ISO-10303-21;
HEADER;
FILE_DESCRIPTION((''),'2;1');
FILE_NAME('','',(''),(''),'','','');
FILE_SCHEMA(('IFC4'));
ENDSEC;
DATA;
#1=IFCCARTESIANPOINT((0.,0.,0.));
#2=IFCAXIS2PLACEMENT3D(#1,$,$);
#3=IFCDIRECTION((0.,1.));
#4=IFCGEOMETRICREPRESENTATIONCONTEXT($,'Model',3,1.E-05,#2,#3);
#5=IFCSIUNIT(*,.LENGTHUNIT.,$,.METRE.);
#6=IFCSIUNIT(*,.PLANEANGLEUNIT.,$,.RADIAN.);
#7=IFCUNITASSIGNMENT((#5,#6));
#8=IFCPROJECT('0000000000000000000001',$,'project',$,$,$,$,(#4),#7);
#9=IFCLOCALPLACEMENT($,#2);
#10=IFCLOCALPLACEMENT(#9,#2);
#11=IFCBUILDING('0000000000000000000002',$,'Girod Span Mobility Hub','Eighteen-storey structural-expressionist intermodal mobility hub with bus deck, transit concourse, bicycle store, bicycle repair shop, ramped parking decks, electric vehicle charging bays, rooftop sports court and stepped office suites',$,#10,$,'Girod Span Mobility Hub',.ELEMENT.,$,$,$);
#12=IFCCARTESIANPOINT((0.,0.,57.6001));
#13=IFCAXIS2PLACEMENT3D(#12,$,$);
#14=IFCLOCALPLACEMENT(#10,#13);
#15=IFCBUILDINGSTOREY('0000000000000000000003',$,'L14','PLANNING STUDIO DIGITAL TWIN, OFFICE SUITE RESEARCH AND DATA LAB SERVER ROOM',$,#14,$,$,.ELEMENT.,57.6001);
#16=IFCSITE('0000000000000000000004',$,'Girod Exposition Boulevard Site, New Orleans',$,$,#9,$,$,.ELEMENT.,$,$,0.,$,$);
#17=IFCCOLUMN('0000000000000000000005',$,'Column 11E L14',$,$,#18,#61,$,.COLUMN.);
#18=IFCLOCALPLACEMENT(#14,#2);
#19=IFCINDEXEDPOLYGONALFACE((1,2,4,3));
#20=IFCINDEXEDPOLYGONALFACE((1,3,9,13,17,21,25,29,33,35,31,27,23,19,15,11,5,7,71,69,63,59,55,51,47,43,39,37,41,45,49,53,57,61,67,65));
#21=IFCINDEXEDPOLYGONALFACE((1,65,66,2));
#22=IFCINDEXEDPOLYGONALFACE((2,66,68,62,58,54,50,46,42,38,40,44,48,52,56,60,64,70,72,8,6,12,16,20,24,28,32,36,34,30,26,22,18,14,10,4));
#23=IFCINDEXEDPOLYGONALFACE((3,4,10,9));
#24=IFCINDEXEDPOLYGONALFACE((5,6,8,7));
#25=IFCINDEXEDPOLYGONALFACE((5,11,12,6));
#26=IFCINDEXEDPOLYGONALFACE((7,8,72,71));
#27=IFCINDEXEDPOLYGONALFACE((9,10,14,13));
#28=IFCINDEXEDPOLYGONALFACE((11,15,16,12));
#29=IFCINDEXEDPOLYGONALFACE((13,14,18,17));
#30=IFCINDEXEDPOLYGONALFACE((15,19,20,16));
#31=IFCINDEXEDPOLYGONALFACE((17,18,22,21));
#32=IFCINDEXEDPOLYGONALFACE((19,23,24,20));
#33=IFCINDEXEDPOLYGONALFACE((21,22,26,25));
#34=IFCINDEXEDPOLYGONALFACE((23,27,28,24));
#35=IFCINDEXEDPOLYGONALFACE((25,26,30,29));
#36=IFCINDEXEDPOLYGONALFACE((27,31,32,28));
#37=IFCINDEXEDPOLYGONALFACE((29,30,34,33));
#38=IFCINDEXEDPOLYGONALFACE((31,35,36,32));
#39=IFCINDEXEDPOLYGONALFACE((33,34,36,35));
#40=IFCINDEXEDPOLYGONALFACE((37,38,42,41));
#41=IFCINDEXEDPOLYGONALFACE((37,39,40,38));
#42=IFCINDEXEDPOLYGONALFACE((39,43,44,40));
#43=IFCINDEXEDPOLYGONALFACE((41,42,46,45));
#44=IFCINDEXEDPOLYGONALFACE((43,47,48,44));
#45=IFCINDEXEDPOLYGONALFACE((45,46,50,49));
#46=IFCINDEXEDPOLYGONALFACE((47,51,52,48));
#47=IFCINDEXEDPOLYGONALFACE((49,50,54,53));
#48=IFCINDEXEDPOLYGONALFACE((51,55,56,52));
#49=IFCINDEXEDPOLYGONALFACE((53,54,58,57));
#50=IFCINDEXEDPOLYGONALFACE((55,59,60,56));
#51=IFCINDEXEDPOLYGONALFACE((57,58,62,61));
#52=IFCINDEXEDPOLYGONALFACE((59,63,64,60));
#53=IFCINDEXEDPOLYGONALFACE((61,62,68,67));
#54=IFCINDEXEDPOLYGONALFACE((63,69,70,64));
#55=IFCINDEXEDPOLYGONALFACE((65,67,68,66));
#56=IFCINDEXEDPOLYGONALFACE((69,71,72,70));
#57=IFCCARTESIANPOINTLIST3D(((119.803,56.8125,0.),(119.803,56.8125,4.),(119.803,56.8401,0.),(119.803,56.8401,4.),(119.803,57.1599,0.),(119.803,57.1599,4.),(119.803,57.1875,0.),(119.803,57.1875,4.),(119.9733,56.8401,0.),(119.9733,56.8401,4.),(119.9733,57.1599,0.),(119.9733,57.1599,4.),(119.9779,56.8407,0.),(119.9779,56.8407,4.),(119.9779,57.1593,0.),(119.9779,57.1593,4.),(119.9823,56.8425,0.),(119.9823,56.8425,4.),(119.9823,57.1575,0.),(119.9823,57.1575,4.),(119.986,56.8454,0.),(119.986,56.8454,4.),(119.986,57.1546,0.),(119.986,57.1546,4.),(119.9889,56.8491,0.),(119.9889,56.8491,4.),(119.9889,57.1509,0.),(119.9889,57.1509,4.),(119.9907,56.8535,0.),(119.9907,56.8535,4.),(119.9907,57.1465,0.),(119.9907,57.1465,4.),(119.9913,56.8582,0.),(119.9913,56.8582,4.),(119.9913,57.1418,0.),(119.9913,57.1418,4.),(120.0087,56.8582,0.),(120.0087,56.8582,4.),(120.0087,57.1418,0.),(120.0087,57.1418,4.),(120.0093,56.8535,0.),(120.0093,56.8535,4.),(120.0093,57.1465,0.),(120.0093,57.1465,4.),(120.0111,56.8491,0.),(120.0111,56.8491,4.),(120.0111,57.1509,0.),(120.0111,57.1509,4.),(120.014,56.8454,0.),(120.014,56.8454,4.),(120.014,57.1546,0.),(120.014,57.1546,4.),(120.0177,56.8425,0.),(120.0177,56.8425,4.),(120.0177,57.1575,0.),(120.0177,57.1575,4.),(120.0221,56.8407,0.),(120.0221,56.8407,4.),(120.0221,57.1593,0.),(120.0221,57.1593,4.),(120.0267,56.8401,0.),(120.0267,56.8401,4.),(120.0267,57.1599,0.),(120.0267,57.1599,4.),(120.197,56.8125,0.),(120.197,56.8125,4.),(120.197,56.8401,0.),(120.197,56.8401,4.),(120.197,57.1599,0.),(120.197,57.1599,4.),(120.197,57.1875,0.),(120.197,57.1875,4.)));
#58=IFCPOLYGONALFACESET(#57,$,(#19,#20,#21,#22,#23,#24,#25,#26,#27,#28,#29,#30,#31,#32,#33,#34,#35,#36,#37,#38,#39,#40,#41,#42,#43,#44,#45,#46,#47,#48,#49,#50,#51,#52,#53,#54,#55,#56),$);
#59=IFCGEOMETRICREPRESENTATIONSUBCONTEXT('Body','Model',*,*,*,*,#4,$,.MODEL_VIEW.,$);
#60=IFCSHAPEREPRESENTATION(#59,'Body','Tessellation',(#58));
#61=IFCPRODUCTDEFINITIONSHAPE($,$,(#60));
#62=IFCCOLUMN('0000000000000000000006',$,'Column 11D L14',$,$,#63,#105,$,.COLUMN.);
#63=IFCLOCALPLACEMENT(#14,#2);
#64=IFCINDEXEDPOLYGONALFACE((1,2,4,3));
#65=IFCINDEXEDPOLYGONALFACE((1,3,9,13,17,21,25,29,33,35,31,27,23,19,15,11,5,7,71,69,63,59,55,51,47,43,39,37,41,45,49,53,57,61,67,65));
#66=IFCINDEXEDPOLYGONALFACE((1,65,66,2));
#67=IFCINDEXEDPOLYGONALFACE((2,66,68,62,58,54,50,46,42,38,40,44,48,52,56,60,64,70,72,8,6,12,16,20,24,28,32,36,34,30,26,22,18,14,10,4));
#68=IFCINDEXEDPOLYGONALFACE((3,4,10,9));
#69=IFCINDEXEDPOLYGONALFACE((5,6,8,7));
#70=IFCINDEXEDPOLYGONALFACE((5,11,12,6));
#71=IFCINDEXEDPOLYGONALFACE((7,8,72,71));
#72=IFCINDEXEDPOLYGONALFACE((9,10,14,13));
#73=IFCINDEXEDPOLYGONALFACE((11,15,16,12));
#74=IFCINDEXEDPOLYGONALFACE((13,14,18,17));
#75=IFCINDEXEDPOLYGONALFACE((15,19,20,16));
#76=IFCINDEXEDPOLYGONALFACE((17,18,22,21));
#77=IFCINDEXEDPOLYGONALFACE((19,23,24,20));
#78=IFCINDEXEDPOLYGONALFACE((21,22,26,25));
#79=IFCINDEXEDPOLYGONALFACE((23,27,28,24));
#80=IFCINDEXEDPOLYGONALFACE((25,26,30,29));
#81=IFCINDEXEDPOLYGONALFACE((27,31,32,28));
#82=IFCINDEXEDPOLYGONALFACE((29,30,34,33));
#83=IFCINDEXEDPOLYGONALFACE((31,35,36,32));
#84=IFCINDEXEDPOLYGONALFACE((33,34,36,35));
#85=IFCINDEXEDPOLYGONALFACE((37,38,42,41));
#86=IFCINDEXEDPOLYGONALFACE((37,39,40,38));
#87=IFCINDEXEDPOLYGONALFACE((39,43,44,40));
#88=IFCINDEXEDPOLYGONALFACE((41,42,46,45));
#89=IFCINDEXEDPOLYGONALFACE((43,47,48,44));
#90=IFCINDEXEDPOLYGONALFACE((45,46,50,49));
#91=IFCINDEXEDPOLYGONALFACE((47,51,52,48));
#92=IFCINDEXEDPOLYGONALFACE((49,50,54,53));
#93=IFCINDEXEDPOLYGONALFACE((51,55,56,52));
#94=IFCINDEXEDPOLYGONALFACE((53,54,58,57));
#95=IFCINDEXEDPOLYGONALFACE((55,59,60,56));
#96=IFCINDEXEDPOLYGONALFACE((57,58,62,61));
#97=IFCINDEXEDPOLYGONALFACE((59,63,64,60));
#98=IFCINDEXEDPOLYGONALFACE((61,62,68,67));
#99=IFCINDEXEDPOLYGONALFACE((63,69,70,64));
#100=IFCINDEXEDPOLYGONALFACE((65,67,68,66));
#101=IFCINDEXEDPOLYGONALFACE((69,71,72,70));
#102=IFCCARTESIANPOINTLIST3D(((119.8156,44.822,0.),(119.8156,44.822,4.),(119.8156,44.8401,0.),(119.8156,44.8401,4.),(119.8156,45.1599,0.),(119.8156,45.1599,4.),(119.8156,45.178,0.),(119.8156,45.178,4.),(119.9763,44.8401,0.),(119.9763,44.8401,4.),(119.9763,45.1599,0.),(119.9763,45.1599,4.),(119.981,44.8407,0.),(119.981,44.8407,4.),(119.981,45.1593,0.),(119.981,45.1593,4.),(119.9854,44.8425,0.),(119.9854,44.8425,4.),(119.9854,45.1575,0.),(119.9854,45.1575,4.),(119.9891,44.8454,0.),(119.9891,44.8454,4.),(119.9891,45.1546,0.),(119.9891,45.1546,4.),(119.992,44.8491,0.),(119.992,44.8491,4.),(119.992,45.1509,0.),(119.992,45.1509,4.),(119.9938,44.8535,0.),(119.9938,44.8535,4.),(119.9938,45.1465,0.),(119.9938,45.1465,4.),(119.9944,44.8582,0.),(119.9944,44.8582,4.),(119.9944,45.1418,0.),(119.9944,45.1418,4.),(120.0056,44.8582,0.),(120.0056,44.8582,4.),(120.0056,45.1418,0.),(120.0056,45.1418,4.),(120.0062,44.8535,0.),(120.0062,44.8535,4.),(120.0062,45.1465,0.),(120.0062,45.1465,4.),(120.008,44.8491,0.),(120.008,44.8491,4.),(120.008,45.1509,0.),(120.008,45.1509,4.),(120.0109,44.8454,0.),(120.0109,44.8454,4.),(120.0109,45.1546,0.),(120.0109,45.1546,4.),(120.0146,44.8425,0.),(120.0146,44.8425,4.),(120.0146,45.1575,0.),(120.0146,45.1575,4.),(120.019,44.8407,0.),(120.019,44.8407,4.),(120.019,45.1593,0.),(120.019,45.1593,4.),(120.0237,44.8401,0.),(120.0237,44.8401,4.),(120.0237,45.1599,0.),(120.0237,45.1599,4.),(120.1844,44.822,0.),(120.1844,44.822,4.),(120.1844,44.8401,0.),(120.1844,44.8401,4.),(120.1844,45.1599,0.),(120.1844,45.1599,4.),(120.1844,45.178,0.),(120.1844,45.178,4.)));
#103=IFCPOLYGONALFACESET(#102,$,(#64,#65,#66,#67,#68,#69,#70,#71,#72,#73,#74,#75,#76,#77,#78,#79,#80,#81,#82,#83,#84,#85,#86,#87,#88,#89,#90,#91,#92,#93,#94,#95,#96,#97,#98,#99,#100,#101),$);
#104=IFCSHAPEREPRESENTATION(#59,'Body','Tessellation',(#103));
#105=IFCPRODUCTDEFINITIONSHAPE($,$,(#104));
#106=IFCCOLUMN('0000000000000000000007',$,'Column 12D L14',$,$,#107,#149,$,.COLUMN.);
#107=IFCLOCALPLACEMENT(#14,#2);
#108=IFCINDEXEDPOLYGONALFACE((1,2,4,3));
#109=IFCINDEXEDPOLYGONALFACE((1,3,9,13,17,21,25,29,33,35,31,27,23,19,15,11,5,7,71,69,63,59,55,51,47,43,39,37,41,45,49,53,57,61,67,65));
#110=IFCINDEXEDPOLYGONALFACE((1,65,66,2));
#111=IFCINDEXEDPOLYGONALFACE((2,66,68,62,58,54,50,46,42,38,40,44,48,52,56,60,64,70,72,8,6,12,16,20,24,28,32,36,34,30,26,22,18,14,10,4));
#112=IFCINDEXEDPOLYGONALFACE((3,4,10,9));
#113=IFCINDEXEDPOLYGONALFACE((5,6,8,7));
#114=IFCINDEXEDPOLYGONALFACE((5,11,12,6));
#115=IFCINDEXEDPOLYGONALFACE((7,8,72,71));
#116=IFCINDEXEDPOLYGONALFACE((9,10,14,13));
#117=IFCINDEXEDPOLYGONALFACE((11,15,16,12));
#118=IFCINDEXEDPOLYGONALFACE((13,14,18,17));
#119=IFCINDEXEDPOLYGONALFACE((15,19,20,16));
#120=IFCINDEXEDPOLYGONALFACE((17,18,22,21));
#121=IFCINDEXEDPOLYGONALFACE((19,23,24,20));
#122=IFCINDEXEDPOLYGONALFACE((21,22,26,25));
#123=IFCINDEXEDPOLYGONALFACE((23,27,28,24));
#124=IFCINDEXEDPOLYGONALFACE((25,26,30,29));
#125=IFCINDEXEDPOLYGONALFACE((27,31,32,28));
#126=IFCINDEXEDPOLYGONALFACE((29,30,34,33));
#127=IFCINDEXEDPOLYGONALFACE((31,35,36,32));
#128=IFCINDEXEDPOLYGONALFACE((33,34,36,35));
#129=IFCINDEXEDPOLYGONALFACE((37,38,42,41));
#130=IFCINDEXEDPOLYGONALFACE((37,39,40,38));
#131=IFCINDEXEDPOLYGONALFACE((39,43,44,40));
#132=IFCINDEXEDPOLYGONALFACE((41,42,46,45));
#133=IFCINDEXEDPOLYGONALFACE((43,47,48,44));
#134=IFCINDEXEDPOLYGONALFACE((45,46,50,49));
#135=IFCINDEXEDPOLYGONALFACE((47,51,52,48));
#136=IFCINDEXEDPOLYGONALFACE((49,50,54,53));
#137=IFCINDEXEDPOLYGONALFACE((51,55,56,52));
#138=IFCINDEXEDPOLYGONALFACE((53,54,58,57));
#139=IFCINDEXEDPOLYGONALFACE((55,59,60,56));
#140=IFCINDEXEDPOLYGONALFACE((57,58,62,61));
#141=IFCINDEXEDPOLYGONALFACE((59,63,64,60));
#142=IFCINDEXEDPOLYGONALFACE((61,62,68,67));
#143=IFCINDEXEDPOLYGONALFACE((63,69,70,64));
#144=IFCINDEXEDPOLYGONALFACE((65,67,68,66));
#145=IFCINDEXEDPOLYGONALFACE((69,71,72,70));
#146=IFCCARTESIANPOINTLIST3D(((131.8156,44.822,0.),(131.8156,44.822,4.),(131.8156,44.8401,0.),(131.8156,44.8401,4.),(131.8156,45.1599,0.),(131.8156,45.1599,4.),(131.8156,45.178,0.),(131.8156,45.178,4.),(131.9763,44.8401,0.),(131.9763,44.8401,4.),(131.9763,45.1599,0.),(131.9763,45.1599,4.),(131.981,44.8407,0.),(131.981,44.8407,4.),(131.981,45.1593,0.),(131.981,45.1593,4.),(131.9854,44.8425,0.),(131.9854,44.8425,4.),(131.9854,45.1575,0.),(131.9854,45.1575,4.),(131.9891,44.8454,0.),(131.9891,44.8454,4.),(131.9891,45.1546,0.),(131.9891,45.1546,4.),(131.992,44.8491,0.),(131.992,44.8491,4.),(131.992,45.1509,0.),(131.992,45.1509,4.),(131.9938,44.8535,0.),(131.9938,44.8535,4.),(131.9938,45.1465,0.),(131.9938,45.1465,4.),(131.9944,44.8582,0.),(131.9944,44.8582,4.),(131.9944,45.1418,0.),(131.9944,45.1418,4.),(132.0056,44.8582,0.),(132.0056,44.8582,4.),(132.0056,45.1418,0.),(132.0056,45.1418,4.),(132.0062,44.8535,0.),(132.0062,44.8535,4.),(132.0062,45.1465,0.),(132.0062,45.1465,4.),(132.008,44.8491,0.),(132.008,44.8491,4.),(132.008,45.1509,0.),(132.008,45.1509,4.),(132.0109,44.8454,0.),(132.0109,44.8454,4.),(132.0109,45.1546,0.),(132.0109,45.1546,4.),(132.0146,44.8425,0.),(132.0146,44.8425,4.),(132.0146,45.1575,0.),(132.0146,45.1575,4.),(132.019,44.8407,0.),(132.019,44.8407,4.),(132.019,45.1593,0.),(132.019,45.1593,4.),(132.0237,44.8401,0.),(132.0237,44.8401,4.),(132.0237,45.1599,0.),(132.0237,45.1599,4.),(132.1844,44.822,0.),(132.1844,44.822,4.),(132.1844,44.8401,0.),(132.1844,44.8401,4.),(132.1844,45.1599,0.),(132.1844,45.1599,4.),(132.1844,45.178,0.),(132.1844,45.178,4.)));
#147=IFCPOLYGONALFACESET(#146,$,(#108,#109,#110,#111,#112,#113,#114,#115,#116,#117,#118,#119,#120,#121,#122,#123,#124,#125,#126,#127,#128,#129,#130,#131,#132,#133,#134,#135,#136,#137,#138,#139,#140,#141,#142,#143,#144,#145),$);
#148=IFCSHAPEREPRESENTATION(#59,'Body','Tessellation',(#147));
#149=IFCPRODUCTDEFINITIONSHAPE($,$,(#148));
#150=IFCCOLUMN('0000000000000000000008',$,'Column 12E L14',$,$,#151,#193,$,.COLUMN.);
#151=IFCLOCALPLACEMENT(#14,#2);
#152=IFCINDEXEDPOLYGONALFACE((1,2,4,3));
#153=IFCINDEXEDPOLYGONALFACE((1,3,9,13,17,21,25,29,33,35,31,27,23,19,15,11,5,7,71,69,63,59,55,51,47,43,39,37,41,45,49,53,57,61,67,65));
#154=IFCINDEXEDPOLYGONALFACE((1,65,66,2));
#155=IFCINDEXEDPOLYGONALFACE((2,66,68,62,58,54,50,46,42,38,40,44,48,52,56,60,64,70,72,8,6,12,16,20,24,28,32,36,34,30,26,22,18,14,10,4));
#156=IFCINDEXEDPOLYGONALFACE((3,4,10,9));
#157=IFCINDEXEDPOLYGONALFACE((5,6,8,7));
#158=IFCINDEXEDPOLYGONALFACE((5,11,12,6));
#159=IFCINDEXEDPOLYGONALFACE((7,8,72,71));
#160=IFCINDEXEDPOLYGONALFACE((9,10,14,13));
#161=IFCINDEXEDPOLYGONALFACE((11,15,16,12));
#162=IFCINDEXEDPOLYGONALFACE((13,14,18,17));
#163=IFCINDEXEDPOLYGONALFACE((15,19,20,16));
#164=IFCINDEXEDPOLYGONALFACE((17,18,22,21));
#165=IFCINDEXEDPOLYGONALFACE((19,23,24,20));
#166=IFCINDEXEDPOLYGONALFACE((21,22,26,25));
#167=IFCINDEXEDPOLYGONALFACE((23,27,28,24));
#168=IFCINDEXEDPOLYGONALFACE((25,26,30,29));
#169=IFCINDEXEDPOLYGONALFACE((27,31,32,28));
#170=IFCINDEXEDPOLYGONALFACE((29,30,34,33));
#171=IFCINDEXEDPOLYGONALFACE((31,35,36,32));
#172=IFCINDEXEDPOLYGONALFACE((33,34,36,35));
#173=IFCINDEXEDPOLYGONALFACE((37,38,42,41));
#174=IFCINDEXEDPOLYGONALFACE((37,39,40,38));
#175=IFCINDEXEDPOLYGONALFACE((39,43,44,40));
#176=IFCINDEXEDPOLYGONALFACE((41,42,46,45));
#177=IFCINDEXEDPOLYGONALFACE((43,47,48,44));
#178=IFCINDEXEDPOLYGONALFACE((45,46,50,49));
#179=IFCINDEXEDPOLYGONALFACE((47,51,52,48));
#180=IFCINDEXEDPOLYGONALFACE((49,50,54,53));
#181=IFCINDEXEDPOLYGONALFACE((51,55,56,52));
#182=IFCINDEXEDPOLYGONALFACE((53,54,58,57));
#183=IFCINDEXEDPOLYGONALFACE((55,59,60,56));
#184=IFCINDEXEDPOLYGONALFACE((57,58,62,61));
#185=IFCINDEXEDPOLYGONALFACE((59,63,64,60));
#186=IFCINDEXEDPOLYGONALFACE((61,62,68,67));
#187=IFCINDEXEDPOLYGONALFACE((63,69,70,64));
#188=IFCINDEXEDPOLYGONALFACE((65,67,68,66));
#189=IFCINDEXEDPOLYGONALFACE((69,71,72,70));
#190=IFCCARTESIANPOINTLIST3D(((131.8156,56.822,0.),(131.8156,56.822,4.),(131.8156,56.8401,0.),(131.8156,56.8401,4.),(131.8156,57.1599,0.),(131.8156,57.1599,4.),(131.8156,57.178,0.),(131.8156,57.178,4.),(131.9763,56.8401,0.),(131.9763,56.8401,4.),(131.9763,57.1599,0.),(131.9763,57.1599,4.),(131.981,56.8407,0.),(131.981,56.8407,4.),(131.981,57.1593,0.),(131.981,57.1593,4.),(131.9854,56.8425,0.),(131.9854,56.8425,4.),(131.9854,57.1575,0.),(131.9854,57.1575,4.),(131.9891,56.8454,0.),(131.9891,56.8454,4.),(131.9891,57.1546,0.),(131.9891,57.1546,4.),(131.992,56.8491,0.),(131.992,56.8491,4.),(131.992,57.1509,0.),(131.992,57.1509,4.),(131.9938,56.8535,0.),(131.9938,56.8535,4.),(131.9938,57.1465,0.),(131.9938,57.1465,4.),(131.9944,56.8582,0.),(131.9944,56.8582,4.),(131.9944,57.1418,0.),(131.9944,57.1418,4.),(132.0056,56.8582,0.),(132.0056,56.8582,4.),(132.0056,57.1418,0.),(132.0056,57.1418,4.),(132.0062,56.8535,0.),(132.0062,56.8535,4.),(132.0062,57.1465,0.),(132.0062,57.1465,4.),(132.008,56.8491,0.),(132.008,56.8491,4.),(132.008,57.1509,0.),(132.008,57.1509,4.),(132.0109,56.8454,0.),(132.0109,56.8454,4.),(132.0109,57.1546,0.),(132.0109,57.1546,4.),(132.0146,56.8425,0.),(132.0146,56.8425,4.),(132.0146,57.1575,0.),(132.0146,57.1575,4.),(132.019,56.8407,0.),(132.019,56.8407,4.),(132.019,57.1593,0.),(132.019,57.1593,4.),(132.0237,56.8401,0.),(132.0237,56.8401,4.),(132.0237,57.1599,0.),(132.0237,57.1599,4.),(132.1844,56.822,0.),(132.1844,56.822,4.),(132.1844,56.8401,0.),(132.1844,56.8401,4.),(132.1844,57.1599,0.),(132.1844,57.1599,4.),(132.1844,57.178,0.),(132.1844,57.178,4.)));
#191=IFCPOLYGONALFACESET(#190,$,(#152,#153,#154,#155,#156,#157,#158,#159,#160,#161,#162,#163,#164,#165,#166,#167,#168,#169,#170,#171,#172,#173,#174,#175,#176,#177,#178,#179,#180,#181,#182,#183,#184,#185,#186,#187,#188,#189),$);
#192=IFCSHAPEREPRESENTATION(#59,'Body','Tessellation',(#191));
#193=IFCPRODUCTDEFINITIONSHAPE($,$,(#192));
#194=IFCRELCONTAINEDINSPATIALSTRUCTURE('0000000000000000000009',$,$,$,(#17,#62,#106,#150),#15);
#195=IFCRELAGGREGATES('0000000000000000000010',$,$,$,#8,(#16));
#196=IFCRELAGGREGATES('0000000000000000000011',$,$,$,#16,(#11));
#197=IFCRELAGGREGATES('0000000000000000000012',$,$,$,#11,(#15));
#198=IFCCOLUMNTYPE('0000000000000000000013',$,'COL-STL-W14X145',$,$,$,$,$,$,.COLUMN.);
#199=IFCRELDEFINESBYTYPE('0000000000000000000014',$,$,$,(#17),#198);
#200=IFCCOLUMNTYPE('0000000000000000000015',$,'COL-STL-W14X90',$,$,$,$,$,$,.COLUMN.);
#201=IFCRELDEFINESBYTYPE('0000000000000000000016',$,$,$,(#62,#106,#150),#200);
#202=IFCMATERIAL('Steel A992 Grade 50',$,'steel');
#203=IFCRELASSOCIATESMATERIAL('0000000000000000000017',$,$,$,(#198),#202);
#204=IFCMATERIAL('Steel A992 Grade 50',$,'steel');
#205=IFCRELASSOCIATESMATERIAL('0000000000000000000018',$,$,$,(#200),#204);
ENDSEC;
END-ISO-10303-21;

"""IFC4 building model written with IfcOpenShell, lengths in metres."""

from ifc_helpers import new_model, si_unit, direction, frame, origin, origin_2d, place, context, subcontext, project, spatial, i_section, extrude, material, material_profile, profile_set, type_object, element, save


model = new_model("IFC4")

# Units and contexts
model_context = context("Model", 3, precision=1e-05, world=origin(), true_north=direction((0.0, 1.0)))
body_context = subcontext(model_context, "Body", "Model", "MODEL_VIEW")
ifc_project = project(units=[si_unit("LENGTHUNIT", "METRE"), si_unit("PLANEANGLEUNIT", "RADIAN")], contexts=[model_context])

# Site, building, storey
site_placement = place(None, origin())
site = spatial("IfcSite", under=ifc_project, at=site_placement, Name="Girod Exposition Boulevard Site, New Orleans", CompositionType="ELEMENT", RefElevation=0.0)
building_placement = place(site_placement, origin())
building = spatial("IfcBuilding", under=site, at=building_placement, Name="Girod Span Mobility Hub", Description="Eighteen-storey structural-expressionist intermodal mobility hub with bus deck, transit concourse, bicycle store, bicycle repair shop, ramped parking decks, electric vehicle charging bays, rooftop sports court and stepped office suites", LongName="Girod Span Mobility Hub", CompositionType="ELEMENT")
storey_placement = place(building_placement, frame((0.0, 0.0, 57.6001)))
storey = spatial("IfcBuildingStorey", under=building, at=storey_placement, Name="L14", Description="PLANNING STUDIO DIGITAL TWIN, OFFICE SUITE RESEARCH AND DATA LAB SERVER ROOM", CompositionType="ELEMENT", Elevation=57.6001)

# Columns
ifc_material_1 = material(Name="Steel A992 Grade 50", Category="steel")
ifc_material_profile_1 = material_profile(ifc_material_1, i_section(OverallWidth=0.394, OverallDepth=0.375, WebThickness=0.0173, FlangeThickness=0.0276, FilletRadius=0.0181, at=origin_2d()), Name="W14X145")
ifc_profile_set_1 = profile_set([ifc_material_profile_1], Name="Steel A992 Grade 50")
column_type_1 = type_object("IfcColumnType", Name="COL-STL-W14X145", PredefinedType="COLUMN", material=ifc_profile_set_1)
column_placement = place(storey_placement, frame((120.0, 57.0, 0.0), z_axis=(0.0, 0.0, 1.0), x_axis=(1.0, 0.0, 0.0)))
element("IfcColumn", 1, at=column_placement, inside=storey, type_object=column_type_1, Name="Column 11E L14", PredefinedType="COLUMN", context=body_context, shape_type="SweptSolid", body=[
    extrude(i_section(OverallWidth=0.394, OverallDepth=0.375, WebThickness=0.0173, FlangeThickness=0.0276, FilletRadius=0.0181, at=origin_2d()), origin(), (0.0, 0.0, 1.0), 4.0),
])
ifc_material_2 = material(Name="Steel A992 Grade 50", Category="steel")
ifc_material_profile_2 = material_profile(ifc_material_2, i_section(OverallWidth=0.3689, OverallDepth=0.356, WebThickness=0.0112, FlangeThickness=0.0181, FilletRadius=0.0181, at=origin_2d()), Name="W14X90")
ifc_profile_set_2 = profile_set([ifc_material_profile_2], Name="Steel A992 Grade 50")
column_type_2 = type_object("IfcColumnType", Name="COL-STL-W14X90", PredefinedType="COLUMN", material=ifc_profile_set_2)
for number, where, z_axis, x_axis, name in (
    (2, (120.0, 45.0, 0.0), (0.0, 0.0, 1.0), (1.0, 0.0, 0.0), "Column 11D L14"),
    (3, (132.0, 45.0, 0.0), (0.0, 0.0, 1.0), (1.0, 0.0, 0.0), "Column 12D L14"),
    (4, (132.0, 57.0, 0.0), (0.0, 0.0, 1.0), (1.0, 0.0, 0.0), "Column 12E L14"),
):
    element("IfcColumn", number, at=place(storey_placement, frame(where, z_axis=z_axis, x_axis=x_axis)), inside=storey, type_object=column_type_2, Name=name, PredefinedType="COLUMN", context=body_context, shape_type="SweptSolid", body=[
        extrude(i_section(OverallWidth=0.3689, OverallDepth=0.356, WebThickness=0.0112, FlangeThickness=0.0181, FilletRadius=0.0181, at=origin_2d()), origin(), (0.0, 0.0, 1.0), 4.0),
    ])

save(model, "model.ifc")
